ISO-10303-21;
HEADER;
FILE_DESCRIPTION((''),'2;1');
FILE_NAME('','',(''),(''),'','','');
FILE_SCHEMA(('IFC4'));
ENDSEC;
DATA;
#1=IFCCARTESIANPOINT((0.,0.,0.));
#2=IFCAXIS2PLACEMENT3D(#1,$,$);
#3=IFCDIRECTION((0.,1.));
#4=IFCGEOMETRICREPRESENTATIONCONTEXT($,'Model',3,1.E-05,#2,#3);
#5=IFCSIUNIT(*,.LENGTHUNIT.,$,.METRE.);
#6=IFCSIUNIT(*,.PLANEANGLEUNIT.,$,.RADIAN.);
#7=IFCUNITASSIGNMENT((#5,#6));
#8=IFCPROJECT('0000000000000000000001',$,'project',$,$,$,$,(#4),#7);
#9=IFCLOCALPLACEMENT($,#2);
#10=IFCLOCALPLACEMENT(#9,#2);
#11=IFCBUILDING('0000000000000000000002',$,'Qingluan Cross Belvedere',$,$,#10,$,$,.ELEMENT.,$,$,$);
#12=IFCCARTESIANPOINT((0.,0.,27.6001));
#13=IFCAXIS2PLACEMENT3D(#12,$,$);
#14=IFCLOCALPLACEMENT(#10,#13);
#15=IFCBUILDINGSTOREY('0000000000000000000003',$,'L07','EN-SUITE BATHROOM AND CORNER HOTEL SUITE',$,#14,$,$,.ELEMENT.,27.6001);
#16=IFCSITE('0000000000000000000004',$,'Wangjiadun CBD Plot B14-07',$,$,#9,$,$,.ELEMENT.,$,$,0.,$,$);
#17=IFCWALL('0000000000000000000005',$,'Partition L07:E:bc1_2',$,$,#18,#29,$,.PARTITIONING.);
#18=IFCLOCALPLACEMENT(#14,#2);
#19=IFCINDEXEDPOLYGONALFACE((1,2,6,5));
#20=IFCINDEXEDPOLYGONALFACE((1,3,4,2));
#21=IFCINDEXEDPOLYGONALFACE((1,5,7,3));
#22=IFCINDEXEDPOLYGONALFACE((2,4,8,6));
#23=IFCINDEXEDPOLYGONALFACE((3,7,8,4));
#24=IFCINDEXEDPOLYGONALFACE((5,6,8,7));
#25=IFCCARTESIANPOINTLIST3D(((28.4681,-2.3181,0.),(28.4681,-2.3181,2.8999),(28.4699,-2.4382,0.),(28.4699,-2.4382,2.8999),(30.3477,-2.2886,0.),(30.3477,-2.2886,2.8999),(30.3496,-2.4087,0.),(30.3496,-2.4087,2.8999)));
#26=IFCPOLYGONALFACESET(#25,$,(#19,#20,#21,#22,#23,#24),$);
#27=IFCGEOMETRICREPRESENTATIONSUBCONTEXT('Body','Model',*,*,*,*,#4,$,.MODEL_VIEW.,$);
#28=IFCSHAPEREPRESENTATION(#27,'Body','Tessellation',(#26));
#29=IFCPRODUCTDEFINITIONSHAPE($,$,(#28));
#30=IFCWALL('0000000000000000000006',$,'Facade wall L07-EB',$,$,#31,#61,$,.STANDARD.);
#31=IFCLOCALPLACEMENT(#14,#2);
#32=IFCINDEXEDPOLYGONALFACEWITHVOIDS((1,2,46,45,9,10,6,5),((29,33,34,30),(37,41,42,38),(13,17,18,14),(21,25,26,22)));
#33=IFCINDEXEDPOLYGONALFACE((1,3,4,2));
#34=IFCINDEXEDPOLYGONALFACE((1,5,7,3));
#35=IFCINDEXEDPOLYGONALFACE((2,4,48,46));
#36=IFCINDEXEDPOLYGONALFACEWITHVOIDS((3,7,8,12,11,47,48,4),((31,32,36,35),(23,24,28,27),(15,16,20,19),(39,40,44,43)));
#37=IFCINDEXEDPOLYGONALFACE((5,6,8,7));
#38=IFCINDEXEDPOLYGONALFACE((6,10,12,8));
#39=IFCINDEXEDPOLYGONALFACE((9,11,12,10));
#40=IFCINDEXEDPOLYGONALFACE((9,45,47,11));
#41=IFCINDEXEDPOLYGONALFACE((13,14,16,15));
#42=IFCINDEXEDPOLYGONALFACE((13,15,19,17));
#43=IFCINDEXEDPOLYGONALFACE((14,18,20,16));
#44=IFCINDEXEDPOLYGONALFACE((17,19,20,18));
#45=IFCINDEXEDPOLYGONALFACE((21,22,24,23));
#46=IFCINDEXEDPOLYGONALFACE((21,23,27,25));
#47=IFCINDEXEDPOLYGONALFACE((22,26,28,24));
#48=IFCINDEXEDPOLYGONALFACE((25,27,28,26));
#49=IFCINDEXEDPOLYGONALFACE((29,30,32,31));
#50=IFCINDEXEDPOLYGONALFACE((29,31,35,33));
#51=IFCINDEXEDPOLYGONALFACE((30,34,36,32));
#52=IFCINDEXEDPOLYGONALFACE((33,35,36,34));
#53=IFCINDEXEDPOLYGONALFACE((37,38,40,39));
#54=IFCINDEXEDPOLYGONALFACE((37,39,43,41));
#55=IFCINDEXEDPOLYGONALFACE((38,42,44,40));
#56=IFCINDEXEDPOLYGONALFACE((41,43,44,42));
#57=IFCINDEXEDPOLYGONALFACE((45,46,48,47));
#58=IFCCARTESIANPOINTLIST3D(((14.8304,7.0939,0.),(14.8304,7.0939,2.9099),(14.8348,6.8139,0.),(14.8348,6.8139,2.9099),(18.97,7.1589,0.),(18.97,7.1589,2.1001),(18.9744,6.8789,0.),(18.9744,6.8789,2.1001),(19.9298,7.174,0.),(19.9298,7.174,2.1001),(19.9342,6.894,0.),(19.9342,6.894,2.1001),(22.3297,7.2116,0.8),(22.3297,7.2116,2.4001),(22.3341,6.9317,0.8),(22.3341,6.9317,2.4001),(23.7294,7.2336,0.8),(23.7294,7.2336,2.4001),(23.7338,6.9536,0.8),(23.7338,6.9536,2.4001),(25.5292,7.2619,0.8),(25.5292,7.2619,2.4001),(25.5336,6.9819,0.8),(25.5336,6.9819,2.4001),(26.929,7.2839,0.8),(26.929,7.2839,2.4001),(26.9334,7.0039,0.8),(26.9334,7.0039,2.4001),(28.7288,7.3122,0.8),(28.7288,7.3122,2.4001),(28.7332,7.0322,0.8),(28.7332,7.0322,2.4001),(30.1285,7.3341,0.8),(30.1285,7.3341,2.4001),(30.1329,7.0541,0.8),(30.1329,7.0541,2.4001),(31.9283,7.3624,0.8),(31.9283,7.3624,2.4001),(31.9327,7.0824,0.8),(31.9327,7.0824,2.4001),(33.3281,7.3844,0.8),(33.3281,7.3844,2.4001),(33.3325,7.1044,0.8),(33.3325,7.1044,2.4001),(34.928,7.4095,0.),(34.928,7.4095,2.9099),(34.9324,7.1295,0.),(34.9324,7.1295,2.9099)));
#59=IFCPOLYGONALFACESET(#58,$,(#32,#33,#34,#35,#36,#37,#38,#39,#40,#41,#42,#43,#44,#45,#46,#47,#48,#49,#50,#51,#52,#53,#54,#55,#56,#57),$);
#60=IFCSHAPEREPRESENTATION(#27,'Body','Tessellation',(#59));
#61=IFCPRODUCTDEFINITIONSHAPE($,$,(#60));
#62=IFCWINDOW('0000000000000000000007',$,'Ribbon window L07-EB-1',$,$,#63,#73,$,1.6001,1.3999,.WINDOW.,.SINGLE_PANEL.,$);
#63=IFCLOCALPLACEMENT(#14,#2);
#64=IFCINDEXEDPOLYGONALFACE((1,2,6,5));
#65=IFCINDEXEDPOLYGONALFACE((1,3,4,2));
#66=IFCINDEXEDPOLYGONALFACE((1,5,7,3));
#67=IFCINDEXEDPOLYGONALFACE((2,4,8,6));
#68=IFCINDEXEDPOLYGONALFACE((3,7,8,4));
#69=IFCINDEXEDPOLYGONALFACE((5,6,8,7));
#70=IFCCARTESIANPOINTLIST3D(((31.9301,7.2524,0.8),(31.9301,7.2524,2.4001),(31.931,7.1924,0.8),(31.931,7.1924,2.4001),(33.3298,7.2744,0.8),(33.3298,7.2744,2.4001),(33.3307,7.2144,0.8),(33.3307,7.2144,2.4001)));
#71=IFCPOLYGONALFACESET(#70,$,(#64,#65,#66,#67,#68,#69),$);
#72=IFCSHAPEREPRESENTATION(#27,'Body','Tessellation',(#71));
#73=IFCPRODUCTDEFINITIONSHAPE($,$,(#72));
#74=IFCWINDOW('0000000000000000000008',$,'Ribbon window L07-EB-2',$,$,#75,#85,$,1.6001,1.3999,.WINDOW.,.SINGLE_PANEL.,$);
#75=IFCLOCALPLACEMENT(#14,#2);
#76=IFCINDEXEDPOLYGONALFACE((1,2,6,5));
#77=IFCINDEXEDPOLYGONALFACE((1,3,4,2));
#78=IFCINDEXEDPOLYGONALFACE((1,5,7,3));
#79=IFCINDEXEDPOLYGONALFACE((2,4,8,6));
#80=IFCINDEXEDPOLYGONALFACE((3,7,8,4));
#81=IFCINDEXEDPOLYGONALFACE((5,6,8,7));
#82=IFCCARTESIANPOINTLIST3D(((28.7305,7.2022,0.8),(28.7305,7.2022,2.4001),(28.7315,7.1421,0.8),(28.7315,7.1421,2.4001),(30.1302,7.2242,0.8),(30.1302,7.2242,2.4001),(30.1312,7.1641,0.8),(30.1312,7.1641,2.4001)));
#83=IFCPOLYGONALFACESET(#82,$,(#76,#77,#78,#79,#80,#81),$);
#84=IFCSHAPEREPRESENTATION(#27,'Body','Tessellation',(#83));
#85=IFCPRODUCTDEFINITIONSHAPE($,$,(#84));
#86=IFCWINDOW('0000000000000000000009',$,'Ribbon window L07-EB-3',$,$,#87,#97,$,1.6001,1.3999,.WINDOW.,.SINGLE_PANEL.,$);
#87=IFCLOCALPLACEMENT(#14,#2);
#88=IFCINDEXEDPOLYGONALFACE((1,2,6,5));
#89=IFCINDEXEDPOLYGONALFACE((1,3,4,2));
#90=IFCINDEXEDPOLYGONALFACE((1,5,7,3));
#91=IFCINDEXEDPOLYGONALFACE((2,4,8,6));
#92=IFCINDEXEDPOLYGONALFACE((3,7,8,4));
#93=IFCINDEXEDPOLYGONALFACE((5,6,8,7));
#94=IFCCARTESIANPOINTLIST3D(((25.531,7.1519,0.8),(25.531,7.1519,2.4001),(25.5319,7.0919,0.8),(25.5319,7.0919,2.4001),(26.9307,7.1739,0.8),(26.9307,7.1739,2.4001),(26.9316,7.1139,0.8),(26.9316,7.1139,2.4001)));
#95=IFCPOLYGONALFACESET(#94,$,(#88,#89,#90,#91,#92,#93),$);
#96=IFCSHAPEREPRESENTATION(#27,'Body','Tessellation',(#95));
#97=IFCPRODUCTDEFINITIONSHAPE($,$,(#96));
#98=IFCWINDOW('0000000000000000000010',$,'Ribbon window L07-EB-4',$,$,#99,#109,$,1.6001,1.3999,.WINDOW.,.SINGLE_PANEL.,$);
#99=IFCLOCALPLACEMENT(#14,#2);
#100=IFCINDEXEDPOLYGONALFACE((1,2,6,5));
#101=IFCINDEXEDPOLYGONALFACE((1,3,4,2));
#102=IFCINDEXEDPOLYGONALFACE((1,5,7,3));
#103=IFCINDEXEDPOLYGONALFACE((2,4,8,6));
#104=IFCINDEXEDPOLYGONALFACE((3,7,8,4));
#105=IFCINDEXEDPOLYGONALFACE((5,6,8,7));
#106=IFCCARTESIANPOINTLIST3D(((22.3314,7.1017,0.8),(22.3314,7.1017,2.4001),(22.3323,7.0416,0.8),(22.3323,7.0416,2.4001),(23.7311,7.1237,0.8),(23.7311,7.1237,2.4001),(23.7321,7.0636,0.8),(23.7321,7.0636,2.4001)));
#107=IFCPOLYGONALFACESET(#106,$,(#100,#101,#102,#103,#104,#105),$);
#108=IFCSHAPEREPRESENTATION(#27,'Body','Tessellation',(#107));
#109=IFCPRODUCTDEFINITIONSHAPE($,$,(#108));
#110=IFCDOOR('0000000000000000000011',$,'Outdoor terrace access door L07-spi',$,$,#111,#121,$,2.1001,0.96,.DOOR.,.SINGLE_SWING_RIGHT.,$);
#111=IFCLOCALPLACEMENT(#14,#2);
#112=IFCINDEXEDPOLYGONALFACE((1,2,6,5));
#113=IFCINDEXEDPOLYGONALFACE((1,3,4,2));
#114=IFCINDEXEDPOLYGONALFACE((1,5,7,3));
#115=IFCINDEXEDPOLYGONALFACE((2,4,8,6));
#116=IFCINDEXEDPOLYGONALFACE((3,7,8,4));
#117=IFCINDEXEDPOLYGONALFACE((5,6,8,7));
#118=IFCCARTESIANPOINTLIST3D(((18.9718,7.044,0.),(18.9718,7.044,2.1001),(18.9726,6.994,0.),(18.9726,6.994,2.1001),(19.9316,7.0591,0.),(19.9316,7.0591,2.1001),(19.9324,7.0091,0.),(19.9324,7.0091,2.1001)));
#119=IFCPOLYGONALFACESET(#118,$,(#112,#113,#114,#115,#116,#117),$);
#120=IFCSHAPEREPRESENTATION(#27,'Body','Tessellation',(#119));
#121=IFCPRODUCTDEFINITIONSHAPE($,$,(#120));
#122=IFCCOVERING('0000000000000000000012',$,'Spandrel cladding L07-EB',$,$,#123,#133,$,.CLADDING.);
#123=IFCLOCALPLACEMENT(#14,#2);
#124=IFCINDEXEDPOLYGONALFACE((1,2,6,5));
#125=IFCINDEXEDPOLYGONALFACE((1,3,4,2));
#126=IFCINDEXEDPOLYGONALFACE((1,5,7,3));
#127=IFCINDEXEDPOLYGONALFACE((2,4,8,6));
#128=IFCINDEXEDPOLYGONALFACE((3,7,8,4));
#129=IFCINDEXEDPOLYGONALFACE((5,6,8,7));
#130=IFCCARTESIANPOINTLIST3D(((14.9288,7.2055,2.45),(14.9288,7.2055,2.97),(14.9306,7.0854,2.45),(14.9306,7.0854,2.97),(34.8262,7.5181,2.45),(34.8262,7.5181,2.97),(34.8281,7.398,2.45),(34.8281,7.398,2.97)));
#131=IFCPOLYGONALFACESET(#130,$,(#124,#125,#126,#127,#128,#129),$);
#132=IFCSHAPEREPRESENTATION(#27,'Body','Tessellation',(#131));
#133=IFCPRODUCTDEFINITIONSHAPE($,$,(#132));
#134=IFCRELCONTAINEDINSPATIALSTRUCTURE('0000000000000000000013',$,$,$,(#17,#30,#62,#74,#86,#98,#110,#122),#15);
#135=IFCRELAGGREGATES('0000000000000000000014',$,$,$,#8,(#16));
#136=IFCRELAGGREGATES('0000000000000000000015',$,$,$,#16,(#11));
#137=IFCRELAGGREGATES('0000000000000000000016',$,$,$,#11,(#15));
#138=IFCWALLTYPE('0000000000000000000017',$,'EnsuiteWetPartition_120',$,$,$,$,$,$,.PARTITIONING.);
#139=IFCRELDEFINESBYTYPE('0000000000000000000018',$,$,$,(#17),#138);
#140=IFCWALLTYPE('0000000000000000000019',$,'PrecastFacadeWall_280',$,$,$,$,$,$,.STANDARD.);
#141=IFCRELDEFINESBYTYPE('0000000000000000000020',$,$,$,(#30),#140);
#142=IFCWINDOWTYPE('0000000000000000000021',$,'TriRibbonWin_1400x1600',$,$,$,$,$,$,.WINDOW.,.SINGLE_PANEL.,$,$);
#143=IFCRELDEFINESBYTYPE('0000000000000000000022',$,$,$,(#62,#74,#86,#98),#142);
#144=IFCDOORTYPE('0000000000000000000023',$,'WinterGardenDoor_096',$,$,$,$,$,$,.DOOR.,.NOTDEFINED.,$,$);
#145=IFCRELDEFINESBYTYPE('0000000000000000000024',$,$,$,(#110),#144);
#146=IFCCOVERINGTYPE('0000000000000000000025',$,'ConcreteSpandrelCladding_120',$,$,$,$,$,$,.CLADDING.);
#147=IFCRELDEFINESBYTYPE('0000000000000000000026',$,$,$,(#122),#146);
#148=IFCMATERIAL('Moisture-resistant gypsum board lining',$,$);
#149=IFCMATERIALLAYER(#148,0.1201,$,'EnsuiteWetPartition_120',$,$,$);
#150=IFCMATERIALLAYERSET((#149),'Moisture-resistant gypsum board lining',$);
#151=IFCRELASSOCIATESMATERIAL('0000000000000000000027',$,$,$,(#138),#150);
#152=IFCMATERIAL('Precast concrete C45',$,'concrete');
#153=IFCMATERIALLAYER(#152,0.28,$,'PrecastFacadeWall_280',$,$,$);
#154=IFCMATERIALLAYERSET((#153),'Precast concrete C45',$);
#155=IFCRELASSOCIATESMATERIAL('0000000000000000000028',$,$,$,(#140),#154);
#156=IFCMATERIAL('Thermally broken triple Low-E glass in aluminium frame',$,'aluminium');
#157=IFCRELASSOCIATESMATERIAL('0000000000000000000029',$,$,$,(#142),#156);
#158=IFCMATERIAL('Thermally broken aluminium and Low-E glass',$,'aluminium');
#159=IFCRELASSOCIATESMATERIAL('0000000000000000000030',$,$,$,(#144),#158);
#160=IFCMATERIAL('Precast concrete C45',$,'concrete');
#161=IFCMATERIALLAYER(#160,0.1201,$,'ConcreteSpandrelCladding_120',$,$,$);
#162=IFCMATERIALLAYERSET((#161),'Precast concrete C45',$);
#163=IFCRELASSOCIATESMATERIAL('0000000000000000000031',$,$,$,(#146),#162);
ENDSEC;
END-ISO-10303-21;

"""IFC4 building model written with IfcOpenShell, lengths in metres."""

from ifc_helpers import new_model, si_unit, direction, frame, frame_2d, origin, origin_2d, place, context, subcontext, project, spatial, rectangle, extrude, material, layer, layer_set, type_object, element, fill, save


model = new_model("IFC4")

# Units and contexts
model_context = context("Model", 3, precision=1e-05, world=origin(), true_north=direction((0.0, 1.0)))
body_context = subcontext(model_context, "Body", "Model", "MODEL_VIEW")
ifc_project = project(units=[si_unit("LENGTHUNIT", "METRE"), si_unit("PLANEANGLEUNIT", "RADIAN")], contexts=[model_context])

# Site, building, storey
site_placement = place(None, origin())
site = spatial("IfcSite", under=ifc_project, at=site_placement, Name="Wangjiadun CBD Plot B14-07", CompositionType="ELEMENT", RefElevation=0.0)
building_placement = place(site_placement, origin())
building = spatial("IfcBuilding", under=site, at=building_placement, Name="Qingluan Cross Belvedere", CompositionType="ELEMENT")
storey_placement = place(building_placement, frame((0.0, 0.0, 27.6001)))
storey = spatial("IfcBuildingStorey", under=building, at=storey_placement, Name="L07", Description="EN-SUITE BATHROOM AND CORNER HOTEL SUITE", CompositionType="ELEMENT", Elevation=27.6001)

# Shared definitions
ifc_material_1 = material(Name="Moisture-resistant gypsum board lining")
ifc_layer_1 = layer(ifc_material_1, 0.1201, Name="EnsuiteWetPartition_120")
ifc_layer_set_1 = layer_set([ifc_layer_1], Name="Moisture-resistant gypsum board lining")
wall_type_1 = type_object("IfcWallType", Name="EnsuiteWetPartition_120", PredefinedType="PARTITIONING", material=ifc_layer_set_1)

# Wall
wall_1_placement = place(storey_placement, frame((28.469, -2.3782, 0.0), z_axis=(0.0, 0.0, 1.0), x_axis=(0.999877, 0.015714, 0.0)))
element("IfcWall", 1, at=wall_1_placement, inside=storey, type_object=wall_type_1, Name="Partition L07:E:bc1_2", PredefinedType="PARTITIONING", context=body_context, shape_type="SweptSolid", body=[
    extrude(rectangle(XDim=1.8799, YDim=0.1201, at=frame_2d((0.9399, 0.0))), origin(), (0.0, 0.0, 1.0), 2.8999),
])

# Wall, openings, windows, door
ifc_material_2 = material(Name="Precast concrete C45", Category="concrete")
ifc_layer_2 = layer(ifc_material_2, 0.28, Name="PrecastFacadeWall_280")
ifc_layer_set_2 = layer_set([ifc_layer_2], Name="Precast concrete C45")
wall_type_2 = type_object("IfcWallType", Name="PrecastFacadeWall_280", PredefinedType="STANDARD", material=ifc_layer_set_2)
wall_2_placement = place(storey_placement, frame((34.9302, 7.2695, 0.0), z_axis=(0.0, 0.0, 1.0), x_axis=(-0.999877, -0.015705, 0.0)))
wall_2 = element("IfcWall", 2, at=wall_2_placement, inside=storey, type_object=wall_type_2, Name="Facade wall L07-EB", PredefinedType="STANDARD", context=body_context, shape_type="SweptSolid", body=[
    extrude(rectangle(XDim=20.1001, YDim=0.28, at=frame_2d((10.05, 0.0))), origin(), (0.0, 0.0, 1.0), 2.9099),
])
opening_1_placement = place(wall_2_placement, frame((1.6001, 0.0, 0.8)))
opening_1 = element("IfcOpeningElement", 3, at=opening_1_placement, cuts=wall_2, PredefinedType="OPENING", context=body_context, shape_type="SweptSolid", body=[
    extrude(rectangle(XDim=1.3999, YDim=1.6001, at=frame_2d((0.7, 0.8))), frame((0.0, 0.1499, 0.0), z_axis=(0.0, -1.0, 0.0), x_axis=(1.0, 0.0, 0.0)), (0.0, 0.0, 1.0), 0.3),
])
opening_2_placement = place(wall_2_placement, frame((4.8, 0.0, 0.8)))
opening_2 = element("IfcOpeningElement", 4, at=opening_2_placement, cuts=wall_2, PredefinedType="OPENING", context=body_context, shape_type="SweptSolid", body=[
    extrude(rectangle(XDim=1.3999, YDim=1.6001, at=frame_2d((0.7, 0.8))), frame((0.0, 0.1499, 0.0), z_axis=(0.0, -1.0, 0.0), x_axis=(1.0, 0.0, 0.0)), (0.0, 0.0, 1.0), 0.3),
])
opening_3_placement = place(wall_2_placement, frame((8.0, 0.0, 0.8)))
opening_3 = element("IfcOpeningElement", 5, at=opening_3_placement, cuts=wall_2, PredefinedType="OPENING", context=body_context, shape_type="SweptSolid", body=[
    extrude(rectangle(XDim=1.3999, YDim=1.6001, at=frame_2d((0.7, 0.8))), frame((0.0, 0.1499, 0.0), z_axis=(0.0, -1.0, 0.0), x_axis=(1.0, 0.0, 0.0)), (0.0, 0.0, 1.0), 0.3),
])
opening_4_placement = place(wall_2_placement, frame((11.2, 0.0, 0.8)))
opening_4 = element("IfcOpeningElement", 6, at=opening_4_placement, cuts=wall_2, PredefinedType="OPENING", context=body_context, shape_type="SweptSolid", body=[
    extrude(rectangle(XDim=1.3999, YDim=1.6001, at=frame_2d((0.7, 0.8))), frame((0.0, 0.1499, 0.0), z_axis=(0.0, -1.0, 0.0), x_axis=(1.0, 0.0, 0.0)), (0.0, 0.0, 1.0), 0.3),
])
opening_5_placement = place(wall_2_placement, frame((15.0, 0.0, 0.0)))
opening_5 = element("IfcOpeningElement", 7, at=opening_5_placement, cuts=wall_2, PredefinedType="OPENING", context=body_context, shape_type="SweptSolid", body=[
    extrude(rectangle(XDim=0.96, YDim=2.1001, at=frame_2d((0.48, 1.05))), frame((0.0, 0.1499, 0.0), z_axis=(0.0, -1.0, 0.0), x_axis=(1.0, 0.0, 0.0)), (0.0, 0.0, 1.0), 0.3),
])
ifc_material_3 = material(Name="Thermally broken triple Low-E glass in aluminium frame", Category="aluminium")
window_type = type_object("IfcWindowType", Name="TriRibbonWin_1400x1600", PartitioningType="SINGLE_PANEL", PredefinedType="WINDOW", material=ifc_material_3)
window_1_placement = place(opening_1_placement, origin())
window_1 = element("IfcWindow", 8, at=window_1_placement, inside=storey, type_object=window_type, Name="Ribbon window L07-EB-1", OverallHeight=1.6001, OverallWidth=1.3999, PartitioningType="SINGLE_PANEL", PredefinedType="WINDOW", context=body_context, shape_type="SweptSolid", body=[
    extrude(rectangle(XDim=1.3999, YDim=1.6001, at=frame_2d((0.7, 0.8))), frame((0.0, 0.03, 0.0), z_axis=(0.0, -1.0, 0.0), x_axis=(1.0, 0.0, 0.0)), (0.0, 0.0, 1.0), 0.0601),
])
fill(opening_1, window_1)
window_2_placement = place(opening_2_placement, origin())
window_2 = element("IfcWindow", 9, at=window_2_placement, inside=storey, type_object=window_type, Name="Ribbon window L07-EB-2", OverallHeight=1.6001, OverallWidth=1.3999, PartitioningType="SINGLE_PANEL", PredefinedType="WINDOW", context=body_context, shape_type="SweptSolid", body=[
    extrude(rectangle(XDim=1.3999, YDim=1.6001, at=frame_2d((0.7, 0.8))), frame((0.0, 0.03, 0.0), z_axis=(0.0, -1.0, 0.0), x_axis=(1.0, 0.0, 0.0)), (0.0, 0.0, 1.0), 0.0601),
])
fill(opening_2, window_2)
window_3_placement = place(opening_3_placement, origin())
window_3 = element("IfcWindow", 10, at=window_3_placement, inside=storey, type_object=window_type, Name="Ribbon window L07-EB-3", OverallHeight=1.6001, OverallWidth=1.3999, PartitioningType="SINGLE_PANEL", PredefinedType="WINDOW", context=body_context, shape_type="SweptSolid", body=[
    extrude(rectangle(XDim=1.3999, YDim=1.6001, at=frame_2d((0.7, 0.8))), frame((0.0, 0.03, 0.0), z_axis=(0.0, -1.0, 0.0), x_axis=(1.0, 0.0, 0.0)), (0.0, 0.0, 1.0), 0.0601),
])
fill(opening_3, window_3)
window_4_placement = place(opening_4_placement, origin())
window_4 = element("IfcWindow", 11, at=window_4_placement, inside=storey, type_object=window_type, Name="Ribbon window L07-EB-4", OverallHeight=1.6001, OverallWidth=1.3999, PartitioningType="SINGLE_PANEL", PredefinedType="WINDOW", context=body_context, shape_type="SweptSolid", body=[
    extrude(rectangle(XDim=1.3999, YDim=1.6001, at=frame_2d((0.7, 0.8))), frame((0.0, 0.03, 0.0), z_axis=(0.0, -1.0, 0.0), x_axis=(1.0, 0.0, 0.0)), (0.0, 0.0, 1.0), 0.0601),
])
fill(opening_4, window_4)
ifc_material_4 = material(Name="Thermally broken aluminium and Low-E glass", Category="aluminium")
door_type_1 = type_object("IfcDoorType", Name="WinterGardenDoor_096", OperationType="NOTDEFINED", PredefinedType="DOOR", material=ifc_material_4)
door_1_placement = place(opening_5_placement, origin())
door_1 = element("IfcDoor", 12, at=door_1_placement, inside=storey, type_object=door_type_1, Name="Outdoor terrace access door L07-spi", OperationType="SINGLE_SWING_RIGHT", OverallHeight=2.1001, OverallWidth=0.96, PredefinedType="DOOR", context=body_context, shape_type="SweptSolid", body=[
    extrude(rectangle(XDim=0.96, YDim=2.1001, at=frame_2d((0.48, 1.05))), frame((0.0, 0.0249, 0.0), z_axis=(0.0, -1.0, 0.0), x_axis=(1.0, 0.0, 0.0)), (0.0, 0.0, 1.0), 0.05),
])
fill(opening_5, door_1)

# Covering
ifc_material_5 = material(Name="Precast concrete C45", Category="concrete")
ifc_layer_3 = layer(ifc_material_5, 0.1201, Name="ConcreteSpandrelCladding_120")
ifc_layer_set_3 = layer_set([ifc_layer_3], Name="Precast concrete C45")
covering_type = type_object("IfcCoveringType", Name="ConcreteSpandrelCladding_120", PredefinedType="CLADDING", material=ifc_layer_set_3)
covering_placement = place(storey_placement, frame((24.8784, 7.3018, 2.45), z_axis=(0.0, 0.0, 1.0), x_axis=(-0.999877, -0.015711, 0.0)))
element("IfcCovering", 13, at=covering_placement, inside=storey, type_object=covering_type, Name="Spandrel cladding L07-EB", PredefinedType="CLADDING", context=body_context, shape_type="SweptSolid", body=[
    extrude(rectangle(XDim=19.8999, YDim=0.1201, at=origin_2d()), origin(), (0.0, 0.0, 1.0), 0.52),
])

save(model, "model.ifc")
